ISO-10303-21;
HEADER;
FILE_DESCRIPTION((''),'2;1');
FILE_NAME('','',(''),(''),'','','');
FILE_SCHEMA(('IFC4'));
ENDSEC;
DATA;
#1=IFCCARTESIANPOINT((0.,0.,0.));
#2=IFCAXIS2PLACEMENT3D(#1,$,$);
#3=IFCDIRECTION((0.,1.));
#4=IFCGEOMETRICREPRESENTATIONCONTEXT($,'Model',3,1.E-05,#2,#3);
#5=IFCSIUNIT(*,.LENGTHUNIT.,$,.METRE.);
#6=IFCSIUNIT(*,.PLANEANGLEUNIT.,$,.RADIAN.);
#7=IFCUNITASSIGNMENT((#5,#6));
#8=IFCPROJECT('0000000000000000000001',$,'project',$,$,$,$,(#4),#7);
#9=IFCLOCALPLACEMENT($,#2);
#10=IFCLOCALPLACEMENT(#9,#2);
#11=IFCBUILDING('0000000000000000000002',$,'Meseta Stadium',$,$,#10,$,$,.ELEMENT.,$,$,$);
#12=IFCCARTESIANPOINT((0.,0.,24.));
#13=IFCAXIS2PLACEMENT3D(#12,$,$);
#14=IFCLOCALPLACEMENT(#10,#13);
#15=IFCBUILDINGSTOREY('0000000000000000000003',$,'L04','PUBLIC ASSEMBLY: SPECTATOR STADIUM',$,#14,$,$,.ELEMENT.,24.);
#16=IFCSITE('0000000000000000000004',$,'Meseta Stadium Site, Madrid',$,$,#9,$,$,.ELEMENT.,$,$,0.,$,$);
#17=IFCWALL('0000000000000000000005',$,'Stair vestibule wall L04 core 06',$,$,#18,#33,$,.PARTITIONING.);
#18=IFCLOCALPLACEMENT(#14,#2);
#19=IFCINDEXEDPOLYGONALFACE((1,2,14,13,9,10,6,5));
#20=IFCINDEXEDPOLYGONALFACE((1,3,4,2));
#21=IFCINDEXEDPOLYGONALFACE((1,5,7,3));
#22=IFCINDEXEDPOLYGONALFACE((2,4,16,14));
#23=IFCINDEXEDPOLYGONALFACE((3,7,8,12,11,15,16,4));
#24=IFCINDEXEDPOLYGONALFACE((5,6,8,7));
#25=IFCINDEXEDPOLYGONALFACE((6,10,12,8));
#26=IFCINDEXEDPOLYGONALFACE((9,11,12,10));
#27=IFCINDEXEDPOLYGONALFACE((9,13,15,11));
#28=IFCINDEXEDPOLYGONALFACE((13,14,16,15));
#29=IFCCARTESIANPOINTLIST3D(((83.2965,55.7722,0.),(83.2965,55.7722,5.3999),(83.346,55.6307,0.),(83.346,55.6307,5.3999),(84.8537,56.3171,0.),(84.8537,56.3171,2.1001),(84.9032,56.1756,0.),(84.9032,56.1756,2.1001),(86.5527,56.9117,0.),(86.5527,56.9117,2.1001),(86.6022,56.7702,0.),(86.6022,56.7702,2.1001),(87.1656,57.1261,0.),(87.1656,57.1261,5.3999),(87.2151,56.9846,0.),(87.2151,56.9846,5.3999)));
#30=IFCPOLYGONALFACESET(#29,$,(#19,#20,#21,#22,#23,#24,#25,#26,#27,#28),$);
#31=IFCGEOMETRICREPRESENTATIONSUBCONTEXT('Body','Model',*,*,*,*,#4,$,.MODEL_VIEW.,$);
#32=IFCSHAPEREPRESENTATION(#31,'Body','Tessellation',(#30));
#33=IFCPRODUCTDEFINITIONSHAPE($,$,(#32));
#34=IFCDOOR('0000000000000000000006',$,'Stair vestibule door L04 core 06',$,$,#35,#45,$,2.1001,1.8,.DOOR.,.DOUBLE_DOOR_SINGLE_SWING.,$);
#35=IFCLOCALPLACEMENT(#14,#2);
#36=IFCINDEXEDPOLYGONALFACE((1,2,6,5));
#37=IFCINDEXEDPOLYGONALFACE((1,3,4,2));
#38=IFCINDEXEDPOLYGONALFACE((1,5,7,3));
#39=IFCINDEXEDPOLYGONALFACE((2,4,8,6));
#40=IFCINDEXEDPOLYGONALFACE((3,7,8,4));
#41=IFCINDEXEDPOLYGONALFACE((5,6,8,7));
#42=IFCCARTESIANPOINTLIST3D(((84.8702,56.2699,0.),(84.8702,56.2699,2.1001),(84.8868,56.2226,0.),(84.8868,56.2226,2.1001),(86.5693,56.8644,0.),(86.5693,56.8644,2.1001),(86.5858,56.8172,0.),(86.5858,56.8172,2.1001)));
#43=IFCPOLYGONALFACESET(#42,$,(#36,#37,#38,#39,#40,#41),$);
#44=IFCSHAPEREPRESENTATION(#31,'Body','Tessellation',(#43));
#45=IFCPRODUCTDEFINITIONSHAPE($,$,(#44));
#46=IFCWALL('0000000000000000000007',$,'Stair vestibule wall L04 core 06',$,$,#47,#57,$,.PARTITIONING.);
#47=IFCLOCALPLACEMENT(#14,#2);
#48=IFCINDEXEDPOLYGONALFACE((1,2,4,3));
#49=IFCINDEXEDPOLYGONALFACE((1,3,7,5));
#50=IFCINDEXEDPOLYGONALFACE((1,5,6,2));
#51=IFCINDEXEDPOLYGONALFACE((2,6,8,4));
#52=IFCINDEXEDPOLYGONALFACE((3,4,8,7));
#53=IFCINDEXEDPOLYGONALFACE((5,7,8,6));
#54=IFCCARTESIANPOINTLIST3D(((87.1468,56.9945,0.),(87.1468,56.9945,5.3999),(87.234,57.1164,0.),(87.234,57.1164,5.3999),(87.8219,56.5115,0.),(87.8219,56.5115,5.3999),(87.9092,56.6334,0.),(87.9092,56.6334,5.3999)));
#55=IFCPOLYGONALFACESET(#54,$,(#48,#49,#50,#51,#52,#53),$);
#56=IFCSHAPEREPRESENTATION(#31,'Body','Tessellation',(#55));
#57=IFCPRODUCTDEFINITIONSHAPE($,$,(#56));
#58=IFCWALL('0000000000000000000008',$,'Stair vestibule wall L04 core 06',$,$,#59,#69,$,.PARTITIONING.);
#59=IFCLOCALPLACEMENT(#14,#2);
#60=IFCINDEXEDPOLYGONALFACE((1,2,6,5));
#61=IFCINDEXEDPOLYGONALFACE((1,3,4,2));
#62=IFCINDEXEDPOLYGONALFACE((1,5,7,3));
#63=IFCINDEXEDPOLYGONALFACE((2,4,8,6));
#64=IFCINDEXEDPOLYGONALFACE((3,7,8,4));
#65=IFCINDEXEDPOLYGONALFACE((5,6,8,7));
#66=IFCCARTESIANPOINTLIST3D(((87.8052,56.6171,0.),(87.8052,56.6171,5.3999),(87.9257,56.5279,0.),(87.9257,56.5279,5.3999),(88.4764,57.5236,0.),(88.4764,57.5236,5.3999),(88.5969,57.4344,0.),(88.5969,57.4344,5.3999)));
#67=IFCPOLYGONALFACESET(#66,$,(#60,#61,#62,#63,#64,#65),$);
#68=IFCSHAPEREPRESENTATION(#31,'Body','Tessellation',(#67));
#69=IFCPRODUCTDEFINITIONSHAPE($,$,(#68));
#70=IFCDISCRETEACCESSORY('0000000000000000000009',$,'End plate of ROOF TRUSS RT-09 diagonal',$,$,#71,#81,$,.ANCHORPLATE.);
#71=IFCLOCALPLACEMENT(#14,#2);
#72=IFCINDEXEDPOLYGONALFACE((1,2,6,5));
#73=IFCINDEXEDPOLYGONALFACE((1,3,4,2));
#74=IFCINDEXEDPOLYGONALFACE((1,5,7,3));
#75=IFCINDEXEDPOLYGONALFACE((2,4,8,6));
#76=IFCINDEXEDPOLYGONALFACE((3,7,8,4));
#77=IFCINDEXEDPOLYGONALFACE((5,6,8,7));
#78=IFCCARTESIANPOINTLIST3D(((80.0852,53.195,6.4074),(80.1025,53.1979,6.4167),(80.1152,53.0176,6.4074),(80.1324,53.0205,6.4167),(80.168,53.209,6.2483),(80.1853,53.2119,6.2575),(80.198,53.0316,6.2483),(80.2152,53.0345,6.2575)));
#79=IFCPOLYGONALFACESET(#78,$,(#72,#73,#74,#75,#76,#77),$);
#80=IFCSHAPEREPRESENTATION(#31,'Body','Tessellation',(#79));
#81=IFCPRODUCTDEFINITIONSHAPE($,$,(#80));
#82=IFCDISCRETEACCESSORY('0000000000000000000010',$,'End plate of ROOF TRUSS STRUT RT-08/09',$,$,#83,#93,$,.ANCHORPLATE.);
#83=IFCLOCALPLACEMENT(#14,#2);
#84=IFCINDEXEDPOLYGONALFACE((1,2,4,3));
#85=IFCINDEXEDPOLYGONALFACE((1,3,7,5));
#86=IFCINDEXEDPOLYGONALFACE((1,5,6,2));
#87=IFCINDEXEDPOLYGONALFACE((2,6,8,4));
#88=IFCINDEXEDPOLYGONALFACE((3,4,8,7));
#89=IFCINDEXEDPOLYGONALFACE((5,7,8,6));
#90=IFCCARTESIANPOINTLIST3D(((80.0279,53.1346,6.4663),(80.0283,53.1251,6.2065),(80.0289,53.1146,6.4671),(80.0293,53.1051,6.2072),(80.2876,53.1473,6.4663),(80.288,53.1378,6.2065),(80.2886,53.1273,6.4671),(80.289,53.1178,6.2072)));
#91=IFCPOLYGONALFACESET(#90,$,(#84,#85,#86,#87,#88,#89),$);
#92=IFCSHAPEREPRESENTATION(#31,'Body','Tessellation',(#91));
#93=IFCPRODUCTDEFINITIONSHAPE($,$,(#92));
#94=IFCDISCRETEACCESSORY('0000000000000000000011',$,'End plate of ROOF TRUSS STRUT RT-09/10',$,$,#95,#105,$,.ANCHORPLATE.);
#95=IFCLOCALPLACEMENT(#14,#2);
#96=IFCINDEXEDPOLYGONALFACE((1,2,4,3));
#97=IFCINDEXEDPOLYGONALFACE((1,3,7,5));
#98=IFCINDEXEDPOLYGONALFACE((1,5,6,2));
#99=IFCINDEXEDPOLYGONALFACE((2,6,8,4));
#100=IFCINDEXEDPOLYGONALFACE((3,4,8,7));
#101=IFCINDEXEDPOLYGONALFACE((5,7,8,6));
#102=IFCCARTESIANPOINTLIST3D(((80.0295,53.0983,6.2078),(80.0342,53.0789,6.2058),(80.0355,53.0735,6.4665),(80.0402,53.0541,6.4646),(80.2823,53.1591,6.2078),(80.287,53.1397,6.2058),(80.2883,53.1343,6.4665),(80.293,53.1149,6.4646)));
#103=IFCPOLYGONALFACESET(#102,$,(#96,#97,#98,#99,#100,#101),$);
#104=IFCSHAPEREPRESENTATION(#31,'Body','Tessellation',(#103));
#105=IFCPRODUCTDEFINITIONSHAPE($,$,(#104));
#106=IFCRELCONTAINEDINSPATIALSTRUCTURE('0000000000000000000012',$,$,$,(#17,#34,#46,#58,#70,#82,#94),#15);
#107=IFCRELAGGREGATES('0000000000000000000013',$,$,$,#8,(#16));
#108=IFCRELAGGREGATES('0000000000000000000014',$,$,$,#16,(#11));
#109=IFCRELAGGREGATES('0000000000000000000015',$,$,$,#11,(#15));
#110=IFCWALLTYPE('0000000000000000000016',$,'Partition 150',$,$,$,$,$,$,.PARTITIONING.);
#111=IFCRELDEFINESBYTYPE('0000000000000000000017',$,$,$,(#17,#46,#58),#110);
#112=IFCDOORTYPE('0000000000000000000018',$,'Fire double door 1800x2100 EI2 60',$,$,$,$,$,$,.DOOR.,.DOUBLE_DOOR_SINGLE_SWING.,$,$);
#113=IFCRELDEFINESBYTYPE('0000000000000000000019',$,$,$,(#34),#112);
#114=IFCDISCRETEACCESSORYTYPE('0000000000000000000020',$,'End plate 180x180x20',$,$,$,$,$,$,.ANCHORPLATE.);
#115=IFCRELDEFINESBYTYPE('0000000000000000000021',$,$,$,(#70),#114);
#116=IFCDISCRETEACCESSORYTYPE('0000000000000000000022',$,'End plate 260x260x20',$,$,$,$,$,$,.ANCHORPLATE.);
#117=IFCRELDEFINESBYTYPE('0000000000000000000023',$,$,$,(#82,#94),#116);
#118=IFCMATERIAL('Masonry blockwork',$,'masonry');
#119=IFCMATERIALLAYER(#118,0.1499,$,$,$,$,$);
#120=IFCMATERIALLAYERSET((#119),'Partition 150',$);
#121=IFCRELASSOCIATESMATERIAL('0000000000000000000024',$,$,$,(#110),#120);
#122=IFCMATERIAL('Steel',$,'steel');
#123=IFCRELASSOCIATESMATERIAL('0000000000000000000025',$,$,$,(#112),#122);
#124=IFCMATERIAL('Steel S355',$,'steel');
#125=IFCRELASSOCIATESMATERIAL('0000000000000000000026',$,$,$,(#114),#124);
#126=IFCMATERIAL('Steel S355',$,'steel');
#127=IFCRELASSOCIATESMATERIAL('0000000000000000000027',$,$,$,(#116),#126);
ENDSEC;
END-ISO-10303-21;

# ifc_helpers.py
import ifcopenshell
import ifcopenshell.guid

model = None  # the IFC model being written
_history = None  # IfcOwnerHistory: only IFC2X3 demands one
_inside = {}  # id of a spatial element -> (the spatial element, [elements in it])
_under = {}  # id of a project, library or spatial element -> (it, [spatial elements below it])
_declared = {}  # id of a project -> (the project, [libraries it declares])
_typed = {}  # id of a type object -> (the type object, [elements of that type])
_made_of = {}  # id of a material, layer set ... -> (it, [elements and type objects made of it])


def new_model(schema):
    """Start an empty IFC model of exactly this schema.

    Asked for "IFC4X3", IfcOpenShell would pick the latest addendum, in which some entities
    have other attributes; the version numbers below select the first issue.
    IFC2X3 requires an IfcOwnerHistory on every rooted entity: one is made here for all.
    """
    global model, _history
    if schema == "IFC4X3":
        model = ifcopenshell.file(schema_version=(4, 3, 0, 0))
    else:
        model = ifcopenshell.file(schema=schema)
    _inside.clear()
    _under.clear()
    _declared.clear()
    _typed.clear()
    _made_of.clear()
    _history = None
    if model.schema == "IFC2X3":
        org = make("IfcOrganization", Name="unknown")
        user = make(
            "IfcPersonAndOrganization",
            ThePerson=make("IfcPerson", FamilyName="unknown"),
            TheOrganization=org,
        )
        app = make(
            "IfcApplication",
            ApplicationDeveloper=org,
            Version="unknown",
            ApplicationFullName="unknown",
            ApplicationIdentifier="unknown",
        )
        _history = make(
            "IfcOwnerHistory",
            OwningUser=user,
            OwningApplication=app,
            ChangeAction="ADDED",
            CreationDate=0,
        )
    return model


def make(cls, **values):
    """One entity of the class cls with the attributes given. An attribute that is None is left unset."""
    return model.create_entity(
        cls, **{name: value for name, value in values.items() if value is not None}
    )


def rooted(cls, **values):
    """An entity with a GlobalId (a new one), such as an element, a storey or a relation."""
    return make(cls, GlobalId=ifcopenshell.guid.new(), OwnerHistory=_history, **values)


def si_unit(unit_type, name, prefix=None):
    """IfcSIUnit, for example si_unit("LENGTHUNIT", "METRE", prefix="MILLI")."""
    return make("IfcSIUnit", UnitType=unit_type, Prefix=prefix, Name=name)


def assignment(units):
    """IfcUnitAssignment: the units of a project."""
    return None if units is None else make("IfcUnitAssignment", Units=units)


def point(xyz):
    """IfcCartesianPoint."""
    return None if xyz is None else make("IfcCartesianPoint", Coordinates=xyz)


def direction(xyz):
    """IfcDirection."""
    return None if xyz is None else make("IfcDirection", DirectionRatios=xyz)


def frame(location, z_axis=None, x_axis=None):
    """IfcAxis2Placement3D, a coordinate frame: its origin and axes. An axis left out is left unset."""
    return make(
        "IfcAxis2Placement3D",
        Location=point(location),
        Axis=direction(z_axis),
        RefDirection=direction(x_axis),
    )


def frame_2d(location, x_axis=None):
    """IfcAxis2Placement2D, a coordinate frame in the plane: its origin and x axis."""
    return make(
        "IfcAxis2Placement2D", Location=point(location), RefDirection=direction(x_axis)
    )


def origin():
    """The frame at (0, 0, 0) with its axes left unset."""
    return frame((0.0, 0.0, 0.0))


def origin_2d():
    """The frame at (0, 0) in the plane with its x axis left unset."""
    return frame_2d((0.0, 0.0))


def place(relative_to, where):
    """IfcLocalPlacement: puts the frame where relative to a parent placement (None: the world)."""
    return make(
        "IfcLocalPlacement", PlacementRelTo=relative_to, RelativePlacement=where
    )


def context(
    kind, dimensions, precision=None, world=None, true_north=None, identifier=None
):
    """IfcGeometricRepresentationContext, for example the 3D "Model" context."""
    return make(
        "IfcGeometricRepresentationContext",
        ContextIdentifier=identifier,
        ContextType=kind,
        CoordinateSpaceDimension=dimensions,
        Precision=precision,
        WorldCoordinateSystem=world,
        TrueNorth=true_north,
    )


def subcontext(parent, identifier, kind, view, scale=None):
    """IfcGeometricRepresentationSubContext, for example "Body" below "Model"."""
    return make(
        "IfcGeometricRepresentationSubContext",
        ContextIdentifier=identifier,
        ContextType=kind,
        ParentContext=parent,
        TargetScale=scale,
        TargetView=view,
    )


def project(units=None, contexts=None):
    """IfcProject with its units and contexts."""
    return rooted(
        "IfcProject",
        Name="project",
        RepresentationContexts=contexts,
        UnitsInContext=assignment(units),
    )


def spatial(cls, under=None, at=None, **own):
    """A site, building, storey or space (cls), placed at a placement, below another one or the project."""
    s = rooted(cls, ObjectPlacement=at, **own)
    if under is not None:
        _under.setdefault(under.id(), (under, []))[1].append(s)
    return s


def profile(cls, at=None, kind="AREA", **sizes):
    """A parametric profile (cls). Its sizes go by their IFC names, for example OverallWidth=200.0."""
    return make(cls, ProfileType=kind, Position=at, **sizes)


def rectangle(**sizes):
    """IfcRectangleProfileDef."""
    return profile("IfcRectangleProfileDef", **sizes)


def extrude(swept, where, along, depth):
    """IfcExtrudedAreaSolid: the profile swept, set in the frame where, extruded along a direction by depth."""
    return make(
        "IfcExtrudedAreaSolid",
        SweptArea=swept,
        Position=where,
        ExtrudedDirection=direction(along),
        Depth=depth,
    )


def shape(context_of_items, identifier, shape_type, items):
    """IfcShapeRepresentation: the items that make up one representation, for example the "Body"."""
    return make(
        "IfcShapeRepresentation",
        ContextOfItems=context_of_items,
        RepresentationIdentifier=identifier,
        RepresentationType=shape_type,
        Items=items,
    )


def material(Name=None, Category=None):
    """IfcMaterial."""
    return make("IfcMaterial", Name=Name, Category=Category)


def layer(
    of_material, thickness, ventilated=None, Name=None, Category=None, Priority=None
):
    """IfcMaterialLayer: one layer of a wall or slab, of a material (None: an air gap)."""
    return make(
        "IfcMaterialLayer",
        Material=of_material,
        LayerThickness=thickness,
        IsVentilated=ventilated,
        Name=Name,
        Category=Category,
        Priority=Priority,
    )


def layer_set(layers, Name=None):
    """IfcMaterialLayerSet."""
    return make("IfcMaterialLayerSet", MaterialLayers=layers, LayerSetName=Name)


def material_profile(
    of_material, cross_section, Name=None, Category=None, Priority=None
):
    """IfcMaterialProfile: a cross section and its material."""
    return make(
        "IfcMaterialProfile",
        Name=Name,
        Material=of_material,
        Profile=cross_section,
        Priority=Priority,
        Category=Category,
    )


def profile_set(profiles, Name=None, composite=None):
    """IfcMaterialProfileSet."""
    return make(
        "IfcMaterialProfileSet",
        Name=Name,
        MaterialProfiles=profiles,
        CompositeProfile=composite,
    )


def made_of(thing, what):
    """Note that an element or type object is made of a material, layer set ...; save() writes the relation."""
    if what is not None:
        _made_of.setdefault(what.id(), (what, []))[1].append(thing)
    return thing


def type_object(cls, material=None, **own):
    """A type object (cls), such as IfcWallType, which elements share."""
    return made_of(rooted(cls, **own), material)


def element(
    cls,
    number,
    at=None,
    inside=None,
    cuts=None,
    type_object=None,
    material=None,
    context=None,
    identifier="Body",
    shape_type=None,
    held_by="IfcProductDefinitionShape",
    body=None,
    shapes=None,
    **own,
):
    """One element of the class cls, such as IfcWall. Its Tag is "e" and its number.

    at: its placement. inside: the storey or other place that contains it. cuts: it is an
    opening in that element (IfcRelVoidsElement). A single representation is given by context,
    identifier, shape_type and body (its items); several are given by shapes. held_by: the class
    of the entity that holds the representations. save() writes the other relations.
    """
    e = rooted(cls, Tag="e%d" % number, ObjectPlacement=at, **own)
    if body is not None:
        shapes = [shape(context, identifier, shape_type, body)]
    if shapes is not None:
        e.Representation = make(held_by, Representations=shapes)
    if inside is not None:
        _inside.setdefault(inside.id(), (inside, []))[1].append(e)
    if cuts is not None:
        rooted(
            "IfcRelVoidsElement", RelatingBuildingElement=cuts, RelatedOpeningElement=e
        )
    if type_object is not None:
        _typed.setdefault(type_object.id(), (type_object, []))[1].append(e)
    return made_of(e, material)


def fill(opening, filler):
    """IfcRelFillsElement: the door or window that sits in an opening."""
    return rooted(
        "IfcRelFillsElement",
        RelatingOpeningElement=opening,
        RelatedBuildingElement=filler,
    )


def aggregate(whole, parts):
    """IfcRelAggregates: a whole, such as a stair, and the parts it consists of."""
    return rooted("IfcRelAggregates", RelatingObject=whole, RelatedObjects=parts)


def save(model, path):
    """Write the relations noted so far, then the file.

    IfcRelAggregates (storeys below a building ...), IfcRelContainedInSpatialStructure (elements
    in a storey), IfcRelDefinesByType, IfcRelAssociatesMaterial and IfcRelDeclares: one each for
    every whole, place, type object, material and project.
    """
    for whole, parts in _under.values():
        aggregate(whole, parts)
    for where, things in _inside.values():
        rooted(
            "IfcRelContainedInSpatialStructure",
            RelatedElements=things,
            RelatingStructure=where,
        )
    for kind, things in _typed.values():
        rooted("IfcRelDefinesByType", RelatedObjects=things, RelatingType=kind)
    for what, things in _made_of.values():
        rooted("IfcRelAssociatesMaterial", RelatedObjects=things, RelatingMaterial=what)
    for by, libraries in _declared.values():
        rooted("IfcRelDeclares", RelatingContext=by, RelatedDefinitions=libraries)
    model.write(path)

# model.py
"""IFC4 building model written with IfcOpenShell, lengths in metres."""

from ifc_helpers import new_model, si_unit, direction, frame, frame_2d, origin, origin_2d, place, context, subcontext, project, spatial, rectangle, extrude, material, layer, layer_set, material_profile, profile_set, type_object, element, fill, save


model = new_model("IFC4")

# Units and contexts
model_context = context("Model", 3, precision=1e-05, world=origin(), true_north=direction((0.0, 1.0)))
body_context = subcontext(model_context, "Body", "Model", "MODEL_VIEW")
ifc_project = project(units=[si_unit("LENGTHUNIT", "METRE"), si_unit("PLANEANGLEUNIT", "RADIAN")], contexts=[model_context])

# Site, building, storey
site_placement = place(None, origin())
site = spatial("IfcSite", under=ifc_project, at=site_placement, Name="Meseta Stadium Site, Madrid", CompositionType="ELEMENT", RefElevation=0.0)
building_placement = place(site_placement, origin())
building = spatial("IfcBuilding", under=site, at=building_placement, Name="Meseta Stadium", CompositionType="ELEMENT")
storey_placement = place(building_placement, frame((0.0, 0.0, 24.0)))
storey = spatial("IfcBuildingStorey", under=building, at=storey_placement, Name="L04", Description="PUBLIC ASSEMBLY: SPECTATOR STADIUM", CompositionType="ELEMENT", Elevation=24.0)

# Shared definitions
ifc_material_1 = material(Name="Masonry blockwork", Category="masonry")
ifc_layer = layer(ifc_material_1, 0.1499)
ifc_layer_set = layer_set([ifc_layer], Name="Partition 150")
wall_type = type_object("IfcWallType", Name="Partition 150", PredefinedType="PARTITIONING", material=ifc_layer_set)

# Wall, opening, door
wall_1_placement = place(storey_placement, frame((83.3213, 55.7014, 0.0), z_axis=(0.0, 0.0, 1.0), x_axis=(0.943873, 0.330308, 0.0)))
wall_1 = element("IfcWall", 1, at=wall_1_placement, inside=storey, type_object=wall_type, Name="Stair vestibule wall L04 core 06", PredefinedType="PARTITIONING", context=body_context, shape_type="SweptSolid", body=[
    extrude(rectangle(XDim=4.0991, YDim=0.1499, at=frame_2d((2.0496, 0.0))), origin(), (0.0, 0.0, 1.0), 5.3999),
])
opening_placement = place(wall_1_placement, frame((1.6499, 0.0, 0.0)))
opening = element("IfcOpeningElement", 2, at=opening_placement, cuts=wall_1, PredefinedType="OPENING", context=body_context, shape_type="SweptSolid", body=[
    extrude(rectangle(XDim=1.8, YDim=2.1001, at=frame_2d((0.8999, 1.05))), frame((0.0, 0.085, 0.0), z_axis=(0.0, -1.0, 0.0), x_axis=(1.0, 0.0, 0.0)), (0.0, 0.0, 1.0), 0.1699),
])
ifc_material_2 = material(Name="Steel", Category="steel")
door_type = type_object("IfcDoorType", Name="Fire double door 1800x2100 EI2 60", OperationType="DOUBLE_DOOR_SINGLE_SWING", PredefinedType="DOOR", material=ifc_material_2)
door_placement = place(opening_placement, origin())
door = element("IfcDoor", 3, at=door_placement, inside=storey, type_object=door_type, Name="Stair vestibule door L04 core 06", OperationType="DOUBLE_DOOR_SINGLE_SWING", OverallHeight=2.1001, OverallWidth=1.8, PredefinedType="DOOR", context=body_context, shape_type="SweptSolid", body=[
    extrude(rectangle(XDim=1.8, YDim=2.1001, at=frame_2d((0.8999, 1.05))), frame((0.0, 0.0249, 0.0), z_axis=(0.0, -1.0, 0.0), x_axis=(1.0, 0.0, 0.0)), (0.0, 0.0, 1.0), 0.05),
])
fill(opening, door)

# Walls
wall_2_placement = place(storey_placement, frame((87.1904, 57.0554, 0.0), z_axis=(0.0, 0.0, 1.0), x_axis=(0.813316, -0.581822, 0.0)))
element("IfcWall", 4, at=wall_2_placement, inside=storey, type_object=wall_type, Name="Stair vestibule wall L04 core 06", PredefinedType="PARTITIONING", context=body_context, shape_type="SweptSolid", body=[
    extrude(rectangle(XDim=0.8301, YDim=0.1499, at=frame_2d((0.415, 0.0))), origin(), (0.0, 0.0, 1.0), 5.3999),
])
wall_3_placement = place(storey_placement, frame((87.8655, 56.5725, 0.0), z_axis=(0.0, 0.0, 1.0), x_axis=(0.595036, 0.803699, 0.0)))
element("IfcWall", 5, at=wall_3_placement, inside=storey, type_object=wall_type, Name="Stair vestibule wall L04 core 06", PredefinedType="PARTITIONING", context=body_context, shape_type="SweptSolid", body=[
    extrude(rectangle(XDim=1.1279, YDim=0.1499, at=frame_2d((0.564, 0.0))), origin(), (0.0, 0.0, 1.0), 5.3999),
])

# Discrete accessories
ifc_material_3 = material(Name="Steel S355", Category="steel")
ifc_material_profile_1 = material_profile(ifc_material_3, rectangle(XDim=0.1799, YDim=0.1799, at=origin_2d()), Name="PL 180x180")
ifc_profile_set_1 = profile_set([ifc_material_profile_1], Name="Steel S355")
discrete_accessory_type_1 = type_object("IfcDiscreteAccessoryType", Name="End plate 180x180x20", PredefinedType="ANCHORPLATE", material=ifc_profile_set_1)
discrete_accessory_placement = place(storey_placement, frame((80.1416, 53.1133, 6.3279), z_axis=(0.872036, 0.147386, 0.466723), x_axis=(-0.166651, 0.986016, 0.0)))
element("IfcDiscreteAccessory", 6, at=discrete_accessory_placement, inside=storey, type_object=discrete_accessory_type_1, Name="End plate of ROOF TRUSS RT-09 diagonal", PredefinedType="ANCHORPLATE", context=body_context, shape_type="SweptSolid", body=[
    extrude(rectangle(XDim=0.1799, YDim=0.1799, at=origin_2d()), origin(), (0.0, 0.0, 1.0), 0.0198),
])
ifc_material_4 = material(Name="Steel S355", Category="steel")
ifc_material_profile_2 = material_profile(ifc_material_4, rectangle(XDim=0.26, YDim=0.26, at=origin_2d()), Name="PL 260x260")
ifc_profile_set_2 = profile_set([ifc_material_profile_2], Name="Steel S355")
discrete_accessory_type_2 = type_object("IfcDiscreteAccessoryType", Name="End plate 260x260x20", PredefinedType="ANCHORPLATE", material=ifc_profile_set_2)
for number, where, z_axis, x_axis, name in (
    (7, (80.1589, 53.1162, 6.3372), (-0.04869, 0.998146, -0.036518), (-0.998812, -0.048723, 0.0), "End plate of ROOF TRUSS STRUT RT-08/09"),
    (8, (80.1636, 53.0969, 6.3352), (-0.232713, 0.967597, 0.097984), (-0.972275, -0.233838, 0.0), "End plate of ROOF TRUSS STRUT RT-09/10"),
):
    element("IfcDiscreteAccessory", number, at=place(storey_placement, frame(where, z_axis=z_axis, x_axis=x_axis)), inside=storey, type_object=discrete_accessory_type_2, Name=name, PredefinedType="ANCHORPLATE", context=body_context, shape_type="SweptSolid", body=[
        extrude(rectangle(XDim=0.26, YDim=0.26, at=origin_2d()), origin(), (0.0, 0.0, 1.0), 0.02),
    ])

save(model, "model.ifc")
